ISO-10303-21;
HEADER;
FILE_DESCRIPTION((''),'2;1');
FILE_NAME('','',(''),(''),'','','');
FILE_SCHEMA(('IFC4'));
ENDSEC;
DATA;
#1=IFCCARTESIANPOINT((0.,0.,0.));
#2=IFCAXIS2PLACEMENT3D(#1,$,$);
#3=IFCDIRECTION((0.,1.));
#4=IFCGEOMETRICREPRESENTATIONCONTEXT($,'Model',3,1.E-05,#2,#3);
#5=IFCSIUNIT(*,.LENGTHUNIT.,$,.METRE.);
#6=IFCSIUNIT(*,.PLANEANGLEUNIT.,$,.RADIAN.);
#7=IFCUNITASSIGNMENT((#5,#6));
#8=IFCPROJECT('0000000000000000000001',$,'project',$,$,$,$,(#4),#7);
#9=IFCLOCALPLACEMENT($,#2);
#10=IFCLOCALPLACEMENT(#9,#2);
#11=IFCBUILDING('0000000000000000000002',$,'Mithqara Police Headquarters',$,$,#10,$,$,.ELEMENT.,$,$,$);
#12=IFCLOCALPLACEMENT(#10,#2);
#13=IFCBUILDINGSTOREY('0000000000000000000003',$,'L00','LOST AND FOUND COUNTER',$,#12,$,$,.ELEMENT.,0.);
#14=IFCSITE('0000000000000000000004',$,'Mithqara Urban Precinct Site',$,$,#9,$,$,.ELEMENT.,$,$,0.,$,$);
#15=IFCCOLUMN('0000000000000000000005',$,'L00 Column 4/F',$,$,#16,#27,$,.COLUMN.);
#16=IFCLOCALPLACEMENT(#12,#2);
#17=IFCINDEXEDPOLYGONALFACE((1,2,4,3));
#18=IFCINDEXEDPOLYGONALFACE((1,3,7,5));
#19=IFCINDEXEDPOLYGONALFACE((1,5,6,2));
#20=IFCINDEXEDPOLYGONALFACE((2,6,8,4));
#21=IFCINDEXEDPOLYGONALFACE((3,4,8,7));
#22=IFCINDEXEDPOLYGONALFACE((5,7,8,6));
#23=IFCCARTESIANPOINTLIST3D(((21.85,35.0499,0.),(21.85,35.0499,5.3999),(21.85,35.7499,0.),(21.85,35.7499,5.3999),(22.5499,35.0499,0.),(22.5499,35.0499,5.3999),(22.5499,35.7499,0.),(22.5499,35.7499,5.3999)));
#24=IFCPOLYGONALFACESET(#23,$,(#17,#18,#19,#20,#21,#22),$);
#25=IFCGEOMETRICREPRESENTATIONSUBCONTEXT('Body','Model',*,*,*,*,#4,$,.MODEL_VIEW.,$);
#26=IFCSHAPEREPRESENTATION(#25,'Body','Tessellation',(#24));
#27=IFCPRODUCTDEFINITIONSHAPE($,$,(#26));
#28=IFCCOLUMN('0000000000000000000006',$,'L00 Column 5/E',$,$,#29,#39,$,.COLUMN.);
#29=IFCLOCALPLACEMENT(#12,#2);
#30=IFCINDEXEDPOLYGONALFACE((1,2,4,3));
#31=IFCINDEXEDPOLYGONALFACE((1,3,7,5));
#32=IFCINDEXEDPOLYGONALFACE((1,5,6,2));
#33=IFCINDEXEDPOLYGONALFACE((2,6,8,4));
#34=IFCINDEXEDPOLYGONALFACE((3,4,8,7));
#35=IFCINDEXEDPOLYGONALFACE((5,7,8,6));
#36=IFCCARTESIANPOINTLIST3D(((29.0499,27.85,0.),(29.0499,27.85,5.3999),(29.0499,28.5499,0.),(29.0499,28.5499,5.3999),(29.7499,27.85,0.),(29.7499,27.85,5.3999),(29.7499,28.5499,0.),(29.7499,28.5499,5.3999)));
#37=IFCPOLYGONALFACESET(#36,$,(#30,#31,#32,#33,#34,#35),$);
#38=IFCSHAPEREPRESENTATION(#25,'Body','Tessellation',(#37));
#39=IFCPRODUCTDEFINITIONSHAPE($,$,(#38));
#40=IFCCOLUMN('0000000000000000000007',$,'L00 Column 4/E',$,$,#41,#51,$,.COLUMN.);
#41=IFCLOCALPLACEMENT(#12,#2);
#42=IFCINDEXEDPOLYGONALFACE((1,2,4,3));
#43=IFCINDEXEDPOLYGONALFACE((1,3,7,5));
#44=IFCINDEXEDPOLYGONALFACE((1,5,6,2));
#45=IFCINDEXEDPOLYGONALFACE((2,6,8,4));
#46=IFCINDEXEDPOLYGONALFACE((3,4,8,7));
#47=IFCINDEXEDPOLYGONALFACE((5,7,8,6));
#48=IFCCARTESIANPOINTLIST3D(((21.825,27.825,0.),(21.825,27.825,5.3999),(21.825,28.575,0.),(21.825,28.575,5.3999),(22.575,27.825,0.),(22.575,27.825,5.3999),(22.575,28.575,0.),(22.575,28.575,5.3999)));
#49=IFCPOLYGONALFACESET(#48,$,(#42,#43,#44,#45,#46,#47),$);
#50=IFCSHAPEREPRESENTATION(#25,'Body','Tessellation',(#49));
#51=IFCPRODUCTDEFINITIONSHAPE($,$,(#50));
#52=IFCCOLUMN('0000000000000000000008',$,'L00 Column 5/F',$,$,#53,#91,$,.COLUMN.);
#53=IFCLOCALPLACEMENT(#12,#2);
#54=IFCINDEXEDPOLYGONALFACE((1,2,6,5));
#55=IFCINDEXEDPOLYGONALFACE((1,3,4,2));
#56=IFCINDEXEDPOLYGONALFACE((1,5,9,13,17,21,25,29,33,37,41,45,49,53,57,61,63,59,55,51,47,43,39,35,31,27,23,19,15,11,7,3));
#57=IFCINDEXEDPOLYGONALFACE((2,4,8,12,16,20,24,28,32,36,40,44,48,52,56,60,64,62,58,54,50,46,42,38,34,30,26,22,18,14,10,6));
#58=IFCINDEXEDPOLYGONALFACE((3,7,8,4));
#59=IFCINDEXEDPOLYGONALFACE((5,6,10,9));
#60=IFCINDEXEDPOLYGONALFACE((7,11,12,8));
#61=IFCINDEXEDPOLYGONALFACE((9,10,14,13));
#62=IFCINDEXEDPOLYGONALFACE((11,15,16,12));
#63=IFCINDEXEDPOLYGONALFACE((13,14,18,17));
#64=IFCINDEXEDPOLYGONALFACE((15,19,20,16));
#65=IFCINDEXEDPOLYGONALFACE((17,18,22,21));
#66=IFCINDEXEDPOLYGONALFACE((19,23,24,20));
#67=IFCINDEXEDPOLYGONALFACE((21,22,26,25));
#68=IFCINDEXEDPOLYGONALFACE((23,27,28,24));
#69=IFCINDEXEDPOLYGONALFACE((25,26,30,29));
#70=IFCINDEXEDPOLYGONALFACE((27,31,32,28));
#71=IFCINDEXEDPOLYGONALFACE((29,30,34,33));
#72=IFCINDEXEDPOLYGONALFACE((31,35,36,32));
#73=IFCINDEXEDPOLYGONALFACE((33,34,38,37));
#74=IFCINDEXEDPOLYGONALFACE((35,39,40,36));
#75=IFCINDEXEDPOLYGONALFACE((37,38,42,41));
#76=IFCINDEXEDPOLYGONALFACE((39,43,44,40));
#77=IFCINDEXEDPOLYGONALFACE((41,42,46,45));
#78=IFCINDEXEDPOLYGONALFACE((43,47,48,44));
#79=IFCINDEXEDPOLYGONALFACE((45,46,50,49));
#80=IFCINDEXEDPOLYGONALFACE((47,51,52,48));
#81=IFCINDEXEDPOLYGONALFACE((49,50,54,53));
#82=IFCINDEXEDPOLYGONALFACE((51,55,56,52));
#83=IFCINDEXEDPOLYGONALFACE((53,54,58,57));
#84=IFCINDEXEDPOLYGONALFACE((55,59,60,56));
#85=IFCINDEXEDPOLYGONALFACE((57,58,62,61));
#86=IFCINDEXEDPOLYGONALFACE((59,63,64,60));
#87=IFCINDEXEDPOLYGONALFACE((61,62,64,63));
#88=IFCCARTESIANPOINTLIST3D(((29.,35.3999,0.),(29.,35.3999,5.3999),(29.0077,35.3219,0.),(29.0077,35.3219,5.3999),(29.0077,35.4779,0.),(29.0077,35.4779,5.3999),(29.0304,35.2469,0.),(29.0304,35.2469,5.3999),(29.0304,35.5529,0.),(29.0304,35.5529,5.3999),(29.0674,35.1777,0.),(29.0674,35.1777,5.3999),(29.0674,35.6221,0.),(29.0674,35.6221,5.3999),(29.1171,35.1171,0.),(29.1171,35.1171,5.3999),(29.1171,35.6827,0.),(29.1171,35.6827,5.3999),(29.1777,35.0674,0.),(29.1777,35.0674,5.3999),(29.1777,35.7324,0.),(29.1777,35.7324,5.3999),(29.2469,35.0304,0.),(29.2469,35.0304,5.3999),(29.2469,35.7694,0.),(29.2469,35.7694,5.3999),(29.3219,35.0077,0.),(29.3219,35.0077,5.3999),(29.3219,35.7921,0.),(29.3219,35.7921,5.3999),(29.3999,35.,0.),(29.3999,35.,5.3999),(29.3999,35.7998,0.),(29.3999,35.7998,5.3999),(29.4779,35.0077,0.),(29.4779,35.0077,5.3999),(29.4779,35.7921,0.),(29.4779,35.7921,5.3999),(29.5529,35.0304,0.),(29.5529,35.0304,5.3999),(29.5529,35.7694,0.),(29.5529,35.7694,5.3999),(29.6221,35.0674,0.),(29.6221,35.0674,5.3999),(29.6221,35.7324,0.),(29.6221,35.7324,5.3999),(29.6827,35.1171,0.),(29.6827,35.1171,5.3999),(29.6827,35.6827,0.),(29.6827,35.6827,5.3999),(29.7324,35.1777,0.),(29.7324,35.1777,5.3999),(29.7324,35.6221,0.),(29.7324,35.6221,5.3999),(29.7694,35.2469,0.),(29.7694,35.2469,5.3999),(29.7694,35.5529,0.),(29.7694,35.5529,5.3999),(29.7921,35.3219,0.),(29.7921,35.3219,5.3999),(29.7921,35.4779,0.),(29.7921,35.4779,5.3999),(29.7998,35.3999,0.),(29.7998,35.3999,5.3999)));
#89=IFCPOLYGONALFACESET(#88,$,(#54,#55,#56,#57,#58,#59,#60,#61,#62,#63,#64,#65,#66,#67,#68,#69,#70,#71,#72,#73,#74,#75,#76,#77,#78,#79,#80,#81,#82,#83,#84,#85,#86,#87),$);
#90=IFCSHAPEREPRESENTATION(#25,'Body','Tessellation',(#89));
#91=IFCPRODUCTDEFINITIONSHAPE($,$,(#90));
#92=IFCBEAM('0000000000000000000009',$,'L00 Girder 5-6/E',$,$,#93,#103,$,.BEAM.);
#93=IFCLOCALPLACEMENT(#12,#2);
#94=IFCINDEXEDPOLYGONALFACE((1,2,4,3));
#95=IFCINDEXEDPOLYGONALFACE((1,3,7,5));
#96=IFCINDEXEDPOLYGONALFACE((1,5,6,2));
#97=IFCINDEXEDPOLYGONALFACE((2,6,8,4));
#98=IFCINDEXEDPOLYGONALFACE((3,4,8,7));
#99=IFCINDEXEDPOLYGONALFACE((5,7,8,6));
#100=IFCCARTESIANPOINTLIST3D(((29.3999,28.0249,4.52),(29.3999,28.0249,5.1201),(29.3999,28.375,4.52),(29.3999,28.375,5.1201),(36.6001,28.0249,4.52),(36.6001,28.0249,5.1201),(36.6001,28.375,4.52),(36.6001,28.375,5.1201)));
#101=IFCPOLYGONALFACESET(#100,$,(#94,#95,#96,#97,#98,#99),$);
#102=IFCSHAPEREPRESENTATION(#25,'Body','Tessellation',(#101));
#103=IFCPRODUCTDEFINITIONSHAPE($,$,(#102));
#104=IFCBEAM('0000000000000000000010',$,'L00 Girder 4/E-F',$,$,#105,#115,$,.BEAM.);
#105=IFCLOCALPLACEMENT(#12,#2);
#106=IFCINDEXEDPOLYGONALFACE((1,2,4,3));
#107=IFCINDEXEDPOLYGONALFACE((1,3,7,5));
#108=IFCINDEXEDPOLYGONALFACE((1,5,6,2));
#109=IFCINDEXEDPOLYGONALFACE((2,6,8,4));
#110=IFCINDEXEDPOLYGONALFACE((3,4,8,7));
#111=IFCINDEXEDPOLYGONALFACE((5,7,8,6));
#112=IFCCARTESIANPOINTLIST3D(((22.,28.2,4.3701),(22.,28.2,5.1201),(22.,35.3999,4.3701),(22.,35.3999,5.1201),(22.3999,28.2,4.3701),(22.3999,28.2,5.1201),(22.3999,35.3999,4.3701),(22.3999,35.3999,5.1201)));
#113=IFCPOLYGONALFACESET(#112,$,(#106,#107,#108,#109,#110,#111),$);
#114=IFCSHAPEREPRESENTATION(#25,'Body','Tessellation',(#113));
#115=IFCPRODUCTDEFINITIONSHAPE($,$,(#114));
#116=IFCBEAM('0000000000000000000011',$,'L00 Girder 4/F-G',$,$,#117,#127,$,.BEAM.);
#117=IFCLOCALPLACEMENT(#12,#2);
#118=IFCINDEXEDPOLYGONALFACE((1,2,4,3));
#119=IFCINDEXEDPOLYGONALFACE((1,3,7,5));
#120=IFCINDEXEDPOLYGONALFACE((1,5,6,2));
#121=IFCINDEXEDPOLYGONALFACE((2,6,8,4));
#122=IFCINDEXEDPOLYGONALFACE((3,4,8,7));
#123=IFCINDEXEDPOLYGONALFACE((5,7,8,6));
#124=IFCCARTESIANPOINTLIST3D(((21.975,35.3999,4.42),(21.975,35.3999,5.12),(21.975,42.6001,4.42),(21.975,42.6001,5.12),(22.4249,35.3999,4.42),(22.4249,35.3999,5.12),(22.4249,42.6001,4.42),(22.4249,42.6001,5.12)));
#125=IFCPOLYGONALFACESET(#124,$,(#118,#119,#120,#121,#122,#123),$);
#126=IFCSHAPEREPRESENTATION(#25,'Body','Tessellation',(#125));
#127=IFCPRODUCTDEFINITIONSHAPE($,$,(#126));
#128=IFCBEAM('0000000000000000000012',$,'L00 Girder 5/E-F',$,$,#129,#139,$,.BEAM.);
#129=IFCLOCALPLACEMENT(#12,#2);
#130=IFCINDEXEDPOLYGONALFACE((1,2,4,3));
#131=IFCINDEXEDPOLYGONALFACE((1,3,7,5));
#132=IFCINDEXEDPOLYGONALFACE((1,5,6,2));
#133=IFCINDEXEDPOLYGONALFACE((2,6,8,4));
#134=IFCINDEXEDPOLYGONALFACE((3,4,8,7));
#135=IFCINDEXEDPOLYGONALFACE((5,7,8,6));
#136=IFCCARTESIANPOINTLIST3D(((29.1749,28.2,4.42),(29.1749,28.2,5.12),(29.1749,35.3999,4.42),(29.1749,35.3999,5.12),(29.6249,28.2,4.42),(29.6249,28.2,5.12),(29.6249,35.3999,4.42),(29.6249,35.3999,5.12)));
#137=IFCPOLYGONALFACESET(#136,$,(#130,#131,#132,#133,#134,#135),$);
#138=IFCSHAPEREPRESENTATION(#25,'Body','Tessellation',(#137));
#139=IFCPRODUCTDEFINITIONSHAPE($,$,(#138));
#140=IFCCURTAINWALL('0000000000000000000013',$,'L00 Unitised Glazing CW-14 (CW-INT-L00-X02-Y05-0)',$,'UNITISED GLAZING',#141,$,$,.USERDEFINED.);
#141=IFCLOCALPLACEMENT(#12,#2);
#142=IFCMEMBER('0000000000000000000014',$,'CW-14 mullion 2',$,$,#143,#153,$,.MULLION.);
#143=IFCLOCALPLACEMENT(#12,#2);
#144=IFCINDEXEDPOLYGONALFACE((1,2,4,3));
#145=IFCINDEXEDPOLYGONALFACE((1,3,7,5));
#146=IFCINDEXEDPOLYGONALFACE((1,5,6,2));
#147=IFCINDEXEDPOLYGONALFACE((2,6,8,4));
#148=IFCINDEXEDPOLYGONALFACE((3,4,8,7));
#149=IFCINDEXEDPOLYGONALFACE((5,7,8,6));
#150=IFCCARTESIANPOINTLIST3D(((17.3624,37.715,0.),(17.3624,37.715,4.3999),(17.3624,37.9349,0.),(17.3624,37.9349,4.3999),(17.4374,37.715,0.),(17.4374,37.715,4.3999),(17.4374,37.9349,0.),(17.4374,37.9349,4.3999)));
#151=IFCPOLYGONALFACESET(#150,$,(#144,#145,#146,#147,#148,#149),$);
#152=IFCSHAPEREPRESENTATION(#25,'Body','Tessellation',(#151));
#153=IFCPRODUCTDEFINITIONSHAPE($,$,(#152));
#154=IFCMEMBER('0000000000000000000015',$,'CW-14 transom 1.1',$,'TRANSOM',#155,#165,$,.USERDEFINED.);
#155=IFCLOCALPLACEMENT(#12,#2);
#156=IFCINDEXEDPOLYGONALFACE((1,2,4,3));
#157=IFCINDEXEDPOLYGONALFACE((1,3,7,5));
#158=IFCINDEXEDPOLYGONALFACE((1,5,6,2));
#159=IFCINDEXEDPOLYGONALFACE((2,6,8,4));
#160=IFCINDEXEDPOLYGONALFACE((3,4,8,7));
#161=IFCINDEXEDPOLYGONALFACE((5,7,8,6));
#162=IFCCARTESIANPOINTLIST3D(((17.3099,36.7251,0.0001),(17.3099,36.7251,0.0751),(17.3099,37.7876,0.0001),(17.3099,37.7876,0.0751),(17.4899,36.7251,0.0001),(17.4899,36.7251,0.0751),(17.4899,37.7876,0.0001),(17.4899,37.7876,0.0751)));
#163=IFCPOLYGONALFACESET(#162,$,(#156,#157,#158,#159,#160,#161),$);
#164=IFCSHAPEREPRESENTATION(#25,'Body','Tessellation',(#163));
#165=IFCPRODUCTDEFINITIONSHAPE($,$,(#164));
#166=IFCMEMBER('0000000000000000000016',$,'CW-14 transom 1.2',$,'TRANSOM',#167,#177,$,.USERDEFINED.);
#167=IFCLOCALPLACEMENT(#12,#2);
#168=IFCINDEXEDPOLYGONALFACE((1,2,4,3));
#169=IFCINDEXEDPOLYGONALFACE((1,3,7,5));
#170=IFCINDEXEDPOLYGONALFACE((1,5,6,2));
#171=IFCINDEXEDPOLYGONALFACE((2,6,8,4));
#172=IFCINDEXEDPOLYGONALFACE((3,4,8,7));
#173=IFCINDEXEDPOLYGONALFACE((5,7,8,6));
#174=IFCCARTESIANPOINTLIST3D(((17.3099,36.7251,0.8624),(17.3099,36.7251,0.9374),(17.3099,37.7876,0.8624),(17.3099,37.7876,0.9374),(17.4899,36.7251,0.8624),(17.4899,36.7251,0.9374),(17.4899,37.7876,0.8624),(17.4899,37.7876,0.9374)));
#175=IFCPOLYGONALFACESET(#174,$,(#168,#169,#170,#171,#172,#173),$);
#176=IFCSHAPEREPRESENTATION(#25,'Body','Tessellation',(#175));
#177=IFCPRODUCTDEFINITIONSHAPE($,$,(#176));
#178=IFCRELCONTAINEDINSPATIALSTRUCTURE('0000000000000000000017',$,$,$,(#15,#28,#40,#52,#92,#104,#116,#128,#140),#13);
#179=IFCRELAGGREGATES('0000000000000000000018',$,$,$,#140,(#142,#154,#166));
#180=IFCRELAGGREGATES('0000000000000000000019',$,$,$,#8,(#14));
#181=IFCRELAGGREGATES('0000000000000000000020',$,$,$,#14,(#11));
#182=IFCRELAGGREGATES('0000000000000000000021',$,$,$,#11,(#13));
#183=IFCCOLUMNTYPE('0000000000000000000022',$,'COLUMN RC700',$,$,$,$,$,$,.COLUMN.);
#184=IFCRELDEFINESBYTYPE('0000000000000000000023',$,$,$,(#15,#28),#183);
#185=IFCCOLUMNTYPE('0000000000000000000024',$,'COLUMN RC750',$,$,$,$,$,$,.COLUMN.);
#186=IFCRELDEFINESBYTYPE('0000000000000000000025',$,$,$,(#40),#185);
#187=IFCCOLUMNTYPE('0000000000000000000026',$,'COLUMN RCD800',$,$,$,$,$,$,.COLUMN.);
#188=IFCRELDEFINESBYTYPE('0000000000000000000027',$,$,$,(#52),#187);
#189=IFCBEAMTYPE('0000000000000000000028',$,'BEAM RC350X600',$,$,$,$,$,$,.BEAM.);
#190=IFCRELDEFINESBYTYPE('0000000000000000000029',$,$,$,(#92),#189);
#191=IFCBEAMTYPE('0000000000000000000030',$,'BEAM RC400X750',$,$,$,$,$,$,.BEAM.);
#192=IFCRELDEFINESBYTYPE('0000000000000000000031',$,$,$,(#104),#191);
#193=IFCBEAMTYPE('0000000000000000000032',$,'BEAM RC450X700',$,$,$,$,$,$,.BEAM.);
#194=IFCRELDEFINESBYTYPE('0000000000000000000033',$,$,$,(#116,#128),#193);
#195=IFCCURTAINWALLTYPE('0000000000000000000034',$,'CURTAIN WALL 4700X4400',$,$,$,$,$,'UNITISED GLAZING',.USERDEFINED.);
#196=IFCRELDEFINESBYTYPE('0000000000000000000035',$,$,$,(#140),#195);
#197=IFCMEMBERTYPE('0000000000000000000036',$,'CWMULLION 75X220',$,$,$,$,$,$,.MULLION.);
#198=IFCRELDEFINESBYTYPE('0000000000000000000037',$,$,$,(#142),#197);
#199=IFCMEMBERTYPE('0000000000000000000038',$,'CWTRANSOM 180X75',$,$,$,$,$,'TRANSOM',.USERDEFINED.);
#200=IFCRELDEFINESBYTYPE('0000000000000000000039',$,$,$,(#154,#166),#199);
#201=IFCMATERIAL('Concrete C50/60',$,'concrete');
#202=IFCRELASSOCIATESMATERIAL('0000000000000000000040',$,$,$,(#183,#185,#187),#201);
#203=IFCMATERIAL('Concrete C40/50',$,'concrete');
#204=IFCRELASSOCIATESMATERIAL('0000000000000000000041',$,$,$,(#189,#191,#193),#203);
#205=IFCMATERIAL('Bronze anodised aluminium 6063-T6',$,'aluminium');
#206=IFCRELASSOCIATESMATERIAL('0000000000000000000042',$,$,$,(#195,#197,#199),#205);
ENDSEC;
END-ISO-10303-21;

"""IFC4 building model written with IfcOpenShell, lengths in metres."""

from ifc_helpers import new_model, si_unit, direction, frame, origin, origin_2d, place, context, subcontext, project, spatial, rectangle, circle, extrude, material, material_profile, profile_set, type_object, element, aggregate, save


model = new_model("IFC4")

# Units and contexts
model_context = context("Model", 3, precision=1e-05, world=origin(), true_north=direction((0.0, 1.0)))
body_context = subcontext(model_context, "Body", "Model", "MODEL_VIEW")
ifc_project = project(units=[si_unit("LENGTHUNIT", "METRE"), si_unit("PLANEANGLEUNIT", "RADIAN")], contexts=[model_context])

# Site, building, storey
site_placement = place(None, origin())
site = spatial("IfcSite", under=ifc_project, at=site_placement, Name="Mithqara Urban Precinct Site", CompositionType="ELEMENT", RefElevation=0.0)
building_placement = place(site_placement, origin())
building = spatial("IfcBuilding", under=site, at=building_placement, Name="Mithqara Police Headquarters", CompositionType="ELEMENT")
storey_placement = place(building_placement, origin())
storey = spatial("IfcBuildingStorey", under=building, at=storey_placement, Name="L00", Description="LOST AND FOUND COUNTER", CompositionType="ELEMENT", Elevation=0.0)

# Columns
ifc_material_1 = material(Name="Concrete C50/60", Category="concrete")
ifc_material_profile_1 = material_profile(ifc_material_1, rectangle(XDim=0.7, YDim=0.7, at=origin_2d()), Name="RC 700x700")
ifc_profile_set_1 = profile_set([ifc_material_profile_1], Name="Concrete C50/60")
column_type_1 = type_object("IfcColumnType", Name="COLUMN RC700", PredefinedType="COLUMN", material=ifc_profile_set_1)
for number, where, z_axis, x_axis, name in (
    (1, (22.2, 35.3999, 0.0), (0.0, 0.0, 1.0), (1.0, 0.0, 0.0), "L00 Column 4/F"),
    (2, (29.3999, 28.2, 0.0), (0.0, 0.0, 1.0), (1.0, 0.0, 0.0), "L00 Column 5/E"),
):
    element("IfcColumn", number, at=place(storey_placement, frame(where, z_axis=z_axis, x_axis=x_axis)), inside=storey, type_object=column_type_1, Name=name, PredefinedType="COLUMN", context=body_context, shape_type="SweptSolid", body=[
        extrude(rectangle(XDim=0.7, YDim=0.7, at=origin_2d()), origin(), (0.0, 0.0, 1.0), 5.3999),
    ])
ifc_material_profile_2 = material_profile(ifc_material_1, rectangle(XDim=0.75, YDim=0.75, at=origin_2d()), Name="RC 750x750")
ifc_profile_set_2 = profile_set([ifc_material_profile_2], Name="Concrete C50/60")
column_type_2 = type_object("IfcColumnType", Name="COLUMN RC750", PredefinedType="COLUMN", material=ifc_profile_set_2)
column_1_placement = place(storey_placement, frame((22.2, 28.2, 0.0), z_axis=(0.0, 0.0, 1.0), x_axis=(1.0, 0.0, 0.0)))
element("IfcColumn", 3, at=column_1_placement, inside=storey, type_object=column_type_2, Name="L00 Column 4/E", PredefinedType="COLUMN", context=body_context, shape_type="SweptSolid", body=[
    extrude(rectangle(XDim=0.75, YDim=0.75, at=origin_2d()), origin(), (0.0, 0.0, 1.0), 5.3999),
])
ifc_material_profile_3 = material_profile(ifc_material_1, circle(Radius=0.3999, at=origin_2d()), Name="RCD 800")
ifc_profile_set_3 = profile_set([ifc_material_profile_3], Name="Concrete C50/60")
column_type_3 = type_object("IfcColumnType", Name="COLUMN RCD800", PredefinedType="COLUMN", material=ifc_profile_set_3)
column_2_placement = place(storey_placement, frame((29.3999, 35.3999, 0.0), z_axis=(0.0, 0.0, 1.0), x_axis=(1.0, 0.0, 0.0)))
element("IfcColumn", 4, at=column_2_placement, inside=storey, type_object=column_type_3, Name="L00 Column 5/F", PredefinedType="COLUMN", context=body_context, shape_type="SweptSolid", body=[
    extrude(circle(Radius=0.3999, at=origin_2d()), origin(), (0.0, 0.0, 1.0), 5.3999),
])

# Beams
ifc_material_2 = material(Name="Concrete C40/50", Category="concrete")
ifc_material_profile_4 = material_profile(ifc_material_2, rectangle(XDim=0.3501, YDim=0.6001, at=origin_2d()), Name="RC 350x600")
ifc_profile_set_4 = profile_set([ifc_material_profile_4], Name="Concrete C40/50")
beam_type_1 = type_object("IfcBeamType", Name="BEAM RC350X600", PredefinedType="BEAM", material=ifc_profile_set_4)
beam_1_placement = place(storey_placement, frame((29.3999, 28.2, 4.8201), z_axis=(1.0, 0.0, 0.0), x_axis=(0.0, 1.0, 0.0)))
element("IfcBeam", 5, at=beam_1_placement, inside=storey, type_object=beam_type_1, Name="L00 Girder 5-6/E", PredefinedType="BEAM", context=body_context, shape_type="SweptSolid", body=[
    extrude(rectangle(XDim=0.3501, YDim=0.6001, at=origin_2d()), origin(), (0.0, 0.0, 1.0), 7.2002),
])
ifc_material_profile_5 = material_profile(ifc_material_2, rectangle(XDim=0.3999, YDim=0.75, at=origin_2d()), Name="RC 400x750")
ifc_profile_set_5 = profile_set([ifc_material_profile_5], Name="Concrete C40/50")
beam_type_2 = type_object("IfcBeamType", Name="BEAM RC400X750", PredefinedType="BEAM", material=ifc_profile_set_5)
beam_2_placement = place(storey_placement, frame((22.2, 28.2, 4.7451), z_axis=(0.0, 1.0, 0.0), x_axis=(-1.0, 0.0, 0.0)))
element("IfcBeam", 6, at=beam_2_placement, inside=storey, type_object=beam_type_2, Name="L00 Girder 4/E-F", PredefinedType="BEAM", context=body_context, shape_type="SweptSolid", body=[
    extrude(rectangle(XDim=0.3999, YDim=0.75, at=origin_2d()), origin(), (0.0, 0.0, 1.0), 7.2),
])
ifc_material_profile_6 = material_profile(ifc_material_2, rectangle(XDim=0.45, YDim=0.7, at=origin_2d()), Name="RC 450x700")
ifc_profile_set_6 = profile_set([ifc_material_profile_6], Name="Concrete C40/50")
beam_type_3 = type_object("IfcBeamType", Name="BEAM RC450X700", PredefinedType="BEAM", material=ifc_profile_set_6)
beam_3_placement = place(storey_placement, frame((22.2, 35.3999, 4.77), z_axis=(0.0, 1.0, 0.0), x_axis=(-1.0, 0.0, 0.0)))
element("IfcBeam", 7, at=beam_3_placement, inside=storey, type_object=beam_type_3, Name="L00 Girder 4/F-G", PredefinedType="BEAM", context=body_context, shape_type="SweptSolid", body=[
    extrude(rectangle(XDim=0.45, YDim=0.7, at=origin_2d()), origin(), (0.0, 0.0, 1.0), 7.2002),
])
beam_4_placement = place(storey_placement, frame((29.3999, 28.2, 4.77), z_axis=(0.0, 1.0, 0.0), x_axis=(-1.0, 0.0, 0.0)))
element("IfcBeam", 8, at=beam_4_placement, inside=storey, type_object=beam_type_3, Name="L00 Girder 5/E-F", PredefinedType="BEAM", context=body_context, shape_type="SweptSolid", body=[
    extrude(rectangle(XDim=0.45, YDim=0.7, at=origin_2d()), origin(), (0.0, 0.0, 1.0), 7.2),
])

# Curtain wall, members
ifc_material_3 = material(Name="Bronze anodised aluminium 6063-T6", Category="aluminium")
curtain_wall_type = type_object("IfcCurtainWallType", Name="CURTAIN WALL 4700X4400", ElementType="UNITISED GLAZING", PredefinedType="USERDEFINED", material=ifc_material_3)
curtain_wall_placement = place(storey_placement, origin())
curtain_wall = element("IfcCurtainWall", 9, at=curtain_wall_placement, inside=storey, type_object=curtain_wall_type, Name="L00 Unitised Glazing CW-14 (CW-INT-L00-X02-Y05-0)", ObjectType="UNITISED GLAZING", PredefinedType="USERDEFINED")
ifc_material_profile_7 = material_profile(ifc_material_3, rectangle(XDim=0.075, YDim=0.22, at=origin_2d()), Name="CWM 75x220")
ifc_profile_set_7 = profile_set([ifc_material_profile_7], Name="Bronze anodised aluminium 6063-T6")
member_type_1 = type_object("IfcMemberType", Name="CWMULLION 75X220", PredefinedType="MULLION", material=ifc_profile_set_7)
member_1_placement = place(storey_placement, frame((17.3999, 37.825, 0.0), z_axis=(0.0, 0.0, 1.0), x_axis=(-1.0, 0.0, 0.0)))
member_1 = element("IfcMember", 10, at=member_1_placement, type_object=member_type_1, Name="CW-14 mullion 2", PredefinedType="MULLION", context=body_context, shape_type="SweptSolid", body=[
    extrude(rectangle(XDim=0.075, YDim=0.22, at=origin_2d()), origin(), (0.0, 0.0, 1.0), 4.3999),
])
ifc_material_profile_8 = material_profile(ifc_material_3, rectangle(XDim=0.1799, YDim=0.075, at=origin_2d()), Name="CWT 180x75")
ifc_profile_set_8 = profile_set([ifc_material_profile_8], Name="Bronze anodised aluminium 6063-T6")
member_type_2 = type_object("IfcMemberType", Name="CWTRANSOM 180X75", ElementType="TRANSOM", PredefinedType="USERDEFINED", material=ifc_profile_set_8)
member_2_placement = place(storey_placement, frame((17.3999, 36.7251, 0.0376), z_axis=(0.0, 1.0, 0.0), x_axis=(-1.0, 0.0, 0.0)))
member_2 = element("IfcMember", 11, at=member_2_placement, type_object=member_type_2, Name="CW-14 transom 1.1", ObjectType="TRANSOM", PredefinedType="USERDEFINED", context=body_context, shape_type="SweptSolid", body=[
    extrude(rectangle(XDim=0.1799, YDim=0.075, at=origin_2d()), origin(), (0.0, 0.0, 1.0), 1.0625),
])
member_3_placement = place(storey_placement, frame((17.3999, 36.7251, 0.8999), z_axis=(0.0, 1.0, 0.0), x_axis=(-1.0, 0.0, 0.0)))
member_3 = element("IfcMember", 12, at=member_3_placement, type_object=member_type_2, Name="CW-14 transom 1.2", ObjectType="TRANSOM", PredefinedType="USERDEFINED", context=body_context, shape_type="SweptSolid", body=[
    extrude(rectangle(XDim=0.1799, YDim=0.075, at=origin_2d()), origin(), (0.0, 0.0, 1.0), 1.0625),
])
aggregate(curtain_wall, [member_1, member_2, member_3])

save(model, "model.ifc")
